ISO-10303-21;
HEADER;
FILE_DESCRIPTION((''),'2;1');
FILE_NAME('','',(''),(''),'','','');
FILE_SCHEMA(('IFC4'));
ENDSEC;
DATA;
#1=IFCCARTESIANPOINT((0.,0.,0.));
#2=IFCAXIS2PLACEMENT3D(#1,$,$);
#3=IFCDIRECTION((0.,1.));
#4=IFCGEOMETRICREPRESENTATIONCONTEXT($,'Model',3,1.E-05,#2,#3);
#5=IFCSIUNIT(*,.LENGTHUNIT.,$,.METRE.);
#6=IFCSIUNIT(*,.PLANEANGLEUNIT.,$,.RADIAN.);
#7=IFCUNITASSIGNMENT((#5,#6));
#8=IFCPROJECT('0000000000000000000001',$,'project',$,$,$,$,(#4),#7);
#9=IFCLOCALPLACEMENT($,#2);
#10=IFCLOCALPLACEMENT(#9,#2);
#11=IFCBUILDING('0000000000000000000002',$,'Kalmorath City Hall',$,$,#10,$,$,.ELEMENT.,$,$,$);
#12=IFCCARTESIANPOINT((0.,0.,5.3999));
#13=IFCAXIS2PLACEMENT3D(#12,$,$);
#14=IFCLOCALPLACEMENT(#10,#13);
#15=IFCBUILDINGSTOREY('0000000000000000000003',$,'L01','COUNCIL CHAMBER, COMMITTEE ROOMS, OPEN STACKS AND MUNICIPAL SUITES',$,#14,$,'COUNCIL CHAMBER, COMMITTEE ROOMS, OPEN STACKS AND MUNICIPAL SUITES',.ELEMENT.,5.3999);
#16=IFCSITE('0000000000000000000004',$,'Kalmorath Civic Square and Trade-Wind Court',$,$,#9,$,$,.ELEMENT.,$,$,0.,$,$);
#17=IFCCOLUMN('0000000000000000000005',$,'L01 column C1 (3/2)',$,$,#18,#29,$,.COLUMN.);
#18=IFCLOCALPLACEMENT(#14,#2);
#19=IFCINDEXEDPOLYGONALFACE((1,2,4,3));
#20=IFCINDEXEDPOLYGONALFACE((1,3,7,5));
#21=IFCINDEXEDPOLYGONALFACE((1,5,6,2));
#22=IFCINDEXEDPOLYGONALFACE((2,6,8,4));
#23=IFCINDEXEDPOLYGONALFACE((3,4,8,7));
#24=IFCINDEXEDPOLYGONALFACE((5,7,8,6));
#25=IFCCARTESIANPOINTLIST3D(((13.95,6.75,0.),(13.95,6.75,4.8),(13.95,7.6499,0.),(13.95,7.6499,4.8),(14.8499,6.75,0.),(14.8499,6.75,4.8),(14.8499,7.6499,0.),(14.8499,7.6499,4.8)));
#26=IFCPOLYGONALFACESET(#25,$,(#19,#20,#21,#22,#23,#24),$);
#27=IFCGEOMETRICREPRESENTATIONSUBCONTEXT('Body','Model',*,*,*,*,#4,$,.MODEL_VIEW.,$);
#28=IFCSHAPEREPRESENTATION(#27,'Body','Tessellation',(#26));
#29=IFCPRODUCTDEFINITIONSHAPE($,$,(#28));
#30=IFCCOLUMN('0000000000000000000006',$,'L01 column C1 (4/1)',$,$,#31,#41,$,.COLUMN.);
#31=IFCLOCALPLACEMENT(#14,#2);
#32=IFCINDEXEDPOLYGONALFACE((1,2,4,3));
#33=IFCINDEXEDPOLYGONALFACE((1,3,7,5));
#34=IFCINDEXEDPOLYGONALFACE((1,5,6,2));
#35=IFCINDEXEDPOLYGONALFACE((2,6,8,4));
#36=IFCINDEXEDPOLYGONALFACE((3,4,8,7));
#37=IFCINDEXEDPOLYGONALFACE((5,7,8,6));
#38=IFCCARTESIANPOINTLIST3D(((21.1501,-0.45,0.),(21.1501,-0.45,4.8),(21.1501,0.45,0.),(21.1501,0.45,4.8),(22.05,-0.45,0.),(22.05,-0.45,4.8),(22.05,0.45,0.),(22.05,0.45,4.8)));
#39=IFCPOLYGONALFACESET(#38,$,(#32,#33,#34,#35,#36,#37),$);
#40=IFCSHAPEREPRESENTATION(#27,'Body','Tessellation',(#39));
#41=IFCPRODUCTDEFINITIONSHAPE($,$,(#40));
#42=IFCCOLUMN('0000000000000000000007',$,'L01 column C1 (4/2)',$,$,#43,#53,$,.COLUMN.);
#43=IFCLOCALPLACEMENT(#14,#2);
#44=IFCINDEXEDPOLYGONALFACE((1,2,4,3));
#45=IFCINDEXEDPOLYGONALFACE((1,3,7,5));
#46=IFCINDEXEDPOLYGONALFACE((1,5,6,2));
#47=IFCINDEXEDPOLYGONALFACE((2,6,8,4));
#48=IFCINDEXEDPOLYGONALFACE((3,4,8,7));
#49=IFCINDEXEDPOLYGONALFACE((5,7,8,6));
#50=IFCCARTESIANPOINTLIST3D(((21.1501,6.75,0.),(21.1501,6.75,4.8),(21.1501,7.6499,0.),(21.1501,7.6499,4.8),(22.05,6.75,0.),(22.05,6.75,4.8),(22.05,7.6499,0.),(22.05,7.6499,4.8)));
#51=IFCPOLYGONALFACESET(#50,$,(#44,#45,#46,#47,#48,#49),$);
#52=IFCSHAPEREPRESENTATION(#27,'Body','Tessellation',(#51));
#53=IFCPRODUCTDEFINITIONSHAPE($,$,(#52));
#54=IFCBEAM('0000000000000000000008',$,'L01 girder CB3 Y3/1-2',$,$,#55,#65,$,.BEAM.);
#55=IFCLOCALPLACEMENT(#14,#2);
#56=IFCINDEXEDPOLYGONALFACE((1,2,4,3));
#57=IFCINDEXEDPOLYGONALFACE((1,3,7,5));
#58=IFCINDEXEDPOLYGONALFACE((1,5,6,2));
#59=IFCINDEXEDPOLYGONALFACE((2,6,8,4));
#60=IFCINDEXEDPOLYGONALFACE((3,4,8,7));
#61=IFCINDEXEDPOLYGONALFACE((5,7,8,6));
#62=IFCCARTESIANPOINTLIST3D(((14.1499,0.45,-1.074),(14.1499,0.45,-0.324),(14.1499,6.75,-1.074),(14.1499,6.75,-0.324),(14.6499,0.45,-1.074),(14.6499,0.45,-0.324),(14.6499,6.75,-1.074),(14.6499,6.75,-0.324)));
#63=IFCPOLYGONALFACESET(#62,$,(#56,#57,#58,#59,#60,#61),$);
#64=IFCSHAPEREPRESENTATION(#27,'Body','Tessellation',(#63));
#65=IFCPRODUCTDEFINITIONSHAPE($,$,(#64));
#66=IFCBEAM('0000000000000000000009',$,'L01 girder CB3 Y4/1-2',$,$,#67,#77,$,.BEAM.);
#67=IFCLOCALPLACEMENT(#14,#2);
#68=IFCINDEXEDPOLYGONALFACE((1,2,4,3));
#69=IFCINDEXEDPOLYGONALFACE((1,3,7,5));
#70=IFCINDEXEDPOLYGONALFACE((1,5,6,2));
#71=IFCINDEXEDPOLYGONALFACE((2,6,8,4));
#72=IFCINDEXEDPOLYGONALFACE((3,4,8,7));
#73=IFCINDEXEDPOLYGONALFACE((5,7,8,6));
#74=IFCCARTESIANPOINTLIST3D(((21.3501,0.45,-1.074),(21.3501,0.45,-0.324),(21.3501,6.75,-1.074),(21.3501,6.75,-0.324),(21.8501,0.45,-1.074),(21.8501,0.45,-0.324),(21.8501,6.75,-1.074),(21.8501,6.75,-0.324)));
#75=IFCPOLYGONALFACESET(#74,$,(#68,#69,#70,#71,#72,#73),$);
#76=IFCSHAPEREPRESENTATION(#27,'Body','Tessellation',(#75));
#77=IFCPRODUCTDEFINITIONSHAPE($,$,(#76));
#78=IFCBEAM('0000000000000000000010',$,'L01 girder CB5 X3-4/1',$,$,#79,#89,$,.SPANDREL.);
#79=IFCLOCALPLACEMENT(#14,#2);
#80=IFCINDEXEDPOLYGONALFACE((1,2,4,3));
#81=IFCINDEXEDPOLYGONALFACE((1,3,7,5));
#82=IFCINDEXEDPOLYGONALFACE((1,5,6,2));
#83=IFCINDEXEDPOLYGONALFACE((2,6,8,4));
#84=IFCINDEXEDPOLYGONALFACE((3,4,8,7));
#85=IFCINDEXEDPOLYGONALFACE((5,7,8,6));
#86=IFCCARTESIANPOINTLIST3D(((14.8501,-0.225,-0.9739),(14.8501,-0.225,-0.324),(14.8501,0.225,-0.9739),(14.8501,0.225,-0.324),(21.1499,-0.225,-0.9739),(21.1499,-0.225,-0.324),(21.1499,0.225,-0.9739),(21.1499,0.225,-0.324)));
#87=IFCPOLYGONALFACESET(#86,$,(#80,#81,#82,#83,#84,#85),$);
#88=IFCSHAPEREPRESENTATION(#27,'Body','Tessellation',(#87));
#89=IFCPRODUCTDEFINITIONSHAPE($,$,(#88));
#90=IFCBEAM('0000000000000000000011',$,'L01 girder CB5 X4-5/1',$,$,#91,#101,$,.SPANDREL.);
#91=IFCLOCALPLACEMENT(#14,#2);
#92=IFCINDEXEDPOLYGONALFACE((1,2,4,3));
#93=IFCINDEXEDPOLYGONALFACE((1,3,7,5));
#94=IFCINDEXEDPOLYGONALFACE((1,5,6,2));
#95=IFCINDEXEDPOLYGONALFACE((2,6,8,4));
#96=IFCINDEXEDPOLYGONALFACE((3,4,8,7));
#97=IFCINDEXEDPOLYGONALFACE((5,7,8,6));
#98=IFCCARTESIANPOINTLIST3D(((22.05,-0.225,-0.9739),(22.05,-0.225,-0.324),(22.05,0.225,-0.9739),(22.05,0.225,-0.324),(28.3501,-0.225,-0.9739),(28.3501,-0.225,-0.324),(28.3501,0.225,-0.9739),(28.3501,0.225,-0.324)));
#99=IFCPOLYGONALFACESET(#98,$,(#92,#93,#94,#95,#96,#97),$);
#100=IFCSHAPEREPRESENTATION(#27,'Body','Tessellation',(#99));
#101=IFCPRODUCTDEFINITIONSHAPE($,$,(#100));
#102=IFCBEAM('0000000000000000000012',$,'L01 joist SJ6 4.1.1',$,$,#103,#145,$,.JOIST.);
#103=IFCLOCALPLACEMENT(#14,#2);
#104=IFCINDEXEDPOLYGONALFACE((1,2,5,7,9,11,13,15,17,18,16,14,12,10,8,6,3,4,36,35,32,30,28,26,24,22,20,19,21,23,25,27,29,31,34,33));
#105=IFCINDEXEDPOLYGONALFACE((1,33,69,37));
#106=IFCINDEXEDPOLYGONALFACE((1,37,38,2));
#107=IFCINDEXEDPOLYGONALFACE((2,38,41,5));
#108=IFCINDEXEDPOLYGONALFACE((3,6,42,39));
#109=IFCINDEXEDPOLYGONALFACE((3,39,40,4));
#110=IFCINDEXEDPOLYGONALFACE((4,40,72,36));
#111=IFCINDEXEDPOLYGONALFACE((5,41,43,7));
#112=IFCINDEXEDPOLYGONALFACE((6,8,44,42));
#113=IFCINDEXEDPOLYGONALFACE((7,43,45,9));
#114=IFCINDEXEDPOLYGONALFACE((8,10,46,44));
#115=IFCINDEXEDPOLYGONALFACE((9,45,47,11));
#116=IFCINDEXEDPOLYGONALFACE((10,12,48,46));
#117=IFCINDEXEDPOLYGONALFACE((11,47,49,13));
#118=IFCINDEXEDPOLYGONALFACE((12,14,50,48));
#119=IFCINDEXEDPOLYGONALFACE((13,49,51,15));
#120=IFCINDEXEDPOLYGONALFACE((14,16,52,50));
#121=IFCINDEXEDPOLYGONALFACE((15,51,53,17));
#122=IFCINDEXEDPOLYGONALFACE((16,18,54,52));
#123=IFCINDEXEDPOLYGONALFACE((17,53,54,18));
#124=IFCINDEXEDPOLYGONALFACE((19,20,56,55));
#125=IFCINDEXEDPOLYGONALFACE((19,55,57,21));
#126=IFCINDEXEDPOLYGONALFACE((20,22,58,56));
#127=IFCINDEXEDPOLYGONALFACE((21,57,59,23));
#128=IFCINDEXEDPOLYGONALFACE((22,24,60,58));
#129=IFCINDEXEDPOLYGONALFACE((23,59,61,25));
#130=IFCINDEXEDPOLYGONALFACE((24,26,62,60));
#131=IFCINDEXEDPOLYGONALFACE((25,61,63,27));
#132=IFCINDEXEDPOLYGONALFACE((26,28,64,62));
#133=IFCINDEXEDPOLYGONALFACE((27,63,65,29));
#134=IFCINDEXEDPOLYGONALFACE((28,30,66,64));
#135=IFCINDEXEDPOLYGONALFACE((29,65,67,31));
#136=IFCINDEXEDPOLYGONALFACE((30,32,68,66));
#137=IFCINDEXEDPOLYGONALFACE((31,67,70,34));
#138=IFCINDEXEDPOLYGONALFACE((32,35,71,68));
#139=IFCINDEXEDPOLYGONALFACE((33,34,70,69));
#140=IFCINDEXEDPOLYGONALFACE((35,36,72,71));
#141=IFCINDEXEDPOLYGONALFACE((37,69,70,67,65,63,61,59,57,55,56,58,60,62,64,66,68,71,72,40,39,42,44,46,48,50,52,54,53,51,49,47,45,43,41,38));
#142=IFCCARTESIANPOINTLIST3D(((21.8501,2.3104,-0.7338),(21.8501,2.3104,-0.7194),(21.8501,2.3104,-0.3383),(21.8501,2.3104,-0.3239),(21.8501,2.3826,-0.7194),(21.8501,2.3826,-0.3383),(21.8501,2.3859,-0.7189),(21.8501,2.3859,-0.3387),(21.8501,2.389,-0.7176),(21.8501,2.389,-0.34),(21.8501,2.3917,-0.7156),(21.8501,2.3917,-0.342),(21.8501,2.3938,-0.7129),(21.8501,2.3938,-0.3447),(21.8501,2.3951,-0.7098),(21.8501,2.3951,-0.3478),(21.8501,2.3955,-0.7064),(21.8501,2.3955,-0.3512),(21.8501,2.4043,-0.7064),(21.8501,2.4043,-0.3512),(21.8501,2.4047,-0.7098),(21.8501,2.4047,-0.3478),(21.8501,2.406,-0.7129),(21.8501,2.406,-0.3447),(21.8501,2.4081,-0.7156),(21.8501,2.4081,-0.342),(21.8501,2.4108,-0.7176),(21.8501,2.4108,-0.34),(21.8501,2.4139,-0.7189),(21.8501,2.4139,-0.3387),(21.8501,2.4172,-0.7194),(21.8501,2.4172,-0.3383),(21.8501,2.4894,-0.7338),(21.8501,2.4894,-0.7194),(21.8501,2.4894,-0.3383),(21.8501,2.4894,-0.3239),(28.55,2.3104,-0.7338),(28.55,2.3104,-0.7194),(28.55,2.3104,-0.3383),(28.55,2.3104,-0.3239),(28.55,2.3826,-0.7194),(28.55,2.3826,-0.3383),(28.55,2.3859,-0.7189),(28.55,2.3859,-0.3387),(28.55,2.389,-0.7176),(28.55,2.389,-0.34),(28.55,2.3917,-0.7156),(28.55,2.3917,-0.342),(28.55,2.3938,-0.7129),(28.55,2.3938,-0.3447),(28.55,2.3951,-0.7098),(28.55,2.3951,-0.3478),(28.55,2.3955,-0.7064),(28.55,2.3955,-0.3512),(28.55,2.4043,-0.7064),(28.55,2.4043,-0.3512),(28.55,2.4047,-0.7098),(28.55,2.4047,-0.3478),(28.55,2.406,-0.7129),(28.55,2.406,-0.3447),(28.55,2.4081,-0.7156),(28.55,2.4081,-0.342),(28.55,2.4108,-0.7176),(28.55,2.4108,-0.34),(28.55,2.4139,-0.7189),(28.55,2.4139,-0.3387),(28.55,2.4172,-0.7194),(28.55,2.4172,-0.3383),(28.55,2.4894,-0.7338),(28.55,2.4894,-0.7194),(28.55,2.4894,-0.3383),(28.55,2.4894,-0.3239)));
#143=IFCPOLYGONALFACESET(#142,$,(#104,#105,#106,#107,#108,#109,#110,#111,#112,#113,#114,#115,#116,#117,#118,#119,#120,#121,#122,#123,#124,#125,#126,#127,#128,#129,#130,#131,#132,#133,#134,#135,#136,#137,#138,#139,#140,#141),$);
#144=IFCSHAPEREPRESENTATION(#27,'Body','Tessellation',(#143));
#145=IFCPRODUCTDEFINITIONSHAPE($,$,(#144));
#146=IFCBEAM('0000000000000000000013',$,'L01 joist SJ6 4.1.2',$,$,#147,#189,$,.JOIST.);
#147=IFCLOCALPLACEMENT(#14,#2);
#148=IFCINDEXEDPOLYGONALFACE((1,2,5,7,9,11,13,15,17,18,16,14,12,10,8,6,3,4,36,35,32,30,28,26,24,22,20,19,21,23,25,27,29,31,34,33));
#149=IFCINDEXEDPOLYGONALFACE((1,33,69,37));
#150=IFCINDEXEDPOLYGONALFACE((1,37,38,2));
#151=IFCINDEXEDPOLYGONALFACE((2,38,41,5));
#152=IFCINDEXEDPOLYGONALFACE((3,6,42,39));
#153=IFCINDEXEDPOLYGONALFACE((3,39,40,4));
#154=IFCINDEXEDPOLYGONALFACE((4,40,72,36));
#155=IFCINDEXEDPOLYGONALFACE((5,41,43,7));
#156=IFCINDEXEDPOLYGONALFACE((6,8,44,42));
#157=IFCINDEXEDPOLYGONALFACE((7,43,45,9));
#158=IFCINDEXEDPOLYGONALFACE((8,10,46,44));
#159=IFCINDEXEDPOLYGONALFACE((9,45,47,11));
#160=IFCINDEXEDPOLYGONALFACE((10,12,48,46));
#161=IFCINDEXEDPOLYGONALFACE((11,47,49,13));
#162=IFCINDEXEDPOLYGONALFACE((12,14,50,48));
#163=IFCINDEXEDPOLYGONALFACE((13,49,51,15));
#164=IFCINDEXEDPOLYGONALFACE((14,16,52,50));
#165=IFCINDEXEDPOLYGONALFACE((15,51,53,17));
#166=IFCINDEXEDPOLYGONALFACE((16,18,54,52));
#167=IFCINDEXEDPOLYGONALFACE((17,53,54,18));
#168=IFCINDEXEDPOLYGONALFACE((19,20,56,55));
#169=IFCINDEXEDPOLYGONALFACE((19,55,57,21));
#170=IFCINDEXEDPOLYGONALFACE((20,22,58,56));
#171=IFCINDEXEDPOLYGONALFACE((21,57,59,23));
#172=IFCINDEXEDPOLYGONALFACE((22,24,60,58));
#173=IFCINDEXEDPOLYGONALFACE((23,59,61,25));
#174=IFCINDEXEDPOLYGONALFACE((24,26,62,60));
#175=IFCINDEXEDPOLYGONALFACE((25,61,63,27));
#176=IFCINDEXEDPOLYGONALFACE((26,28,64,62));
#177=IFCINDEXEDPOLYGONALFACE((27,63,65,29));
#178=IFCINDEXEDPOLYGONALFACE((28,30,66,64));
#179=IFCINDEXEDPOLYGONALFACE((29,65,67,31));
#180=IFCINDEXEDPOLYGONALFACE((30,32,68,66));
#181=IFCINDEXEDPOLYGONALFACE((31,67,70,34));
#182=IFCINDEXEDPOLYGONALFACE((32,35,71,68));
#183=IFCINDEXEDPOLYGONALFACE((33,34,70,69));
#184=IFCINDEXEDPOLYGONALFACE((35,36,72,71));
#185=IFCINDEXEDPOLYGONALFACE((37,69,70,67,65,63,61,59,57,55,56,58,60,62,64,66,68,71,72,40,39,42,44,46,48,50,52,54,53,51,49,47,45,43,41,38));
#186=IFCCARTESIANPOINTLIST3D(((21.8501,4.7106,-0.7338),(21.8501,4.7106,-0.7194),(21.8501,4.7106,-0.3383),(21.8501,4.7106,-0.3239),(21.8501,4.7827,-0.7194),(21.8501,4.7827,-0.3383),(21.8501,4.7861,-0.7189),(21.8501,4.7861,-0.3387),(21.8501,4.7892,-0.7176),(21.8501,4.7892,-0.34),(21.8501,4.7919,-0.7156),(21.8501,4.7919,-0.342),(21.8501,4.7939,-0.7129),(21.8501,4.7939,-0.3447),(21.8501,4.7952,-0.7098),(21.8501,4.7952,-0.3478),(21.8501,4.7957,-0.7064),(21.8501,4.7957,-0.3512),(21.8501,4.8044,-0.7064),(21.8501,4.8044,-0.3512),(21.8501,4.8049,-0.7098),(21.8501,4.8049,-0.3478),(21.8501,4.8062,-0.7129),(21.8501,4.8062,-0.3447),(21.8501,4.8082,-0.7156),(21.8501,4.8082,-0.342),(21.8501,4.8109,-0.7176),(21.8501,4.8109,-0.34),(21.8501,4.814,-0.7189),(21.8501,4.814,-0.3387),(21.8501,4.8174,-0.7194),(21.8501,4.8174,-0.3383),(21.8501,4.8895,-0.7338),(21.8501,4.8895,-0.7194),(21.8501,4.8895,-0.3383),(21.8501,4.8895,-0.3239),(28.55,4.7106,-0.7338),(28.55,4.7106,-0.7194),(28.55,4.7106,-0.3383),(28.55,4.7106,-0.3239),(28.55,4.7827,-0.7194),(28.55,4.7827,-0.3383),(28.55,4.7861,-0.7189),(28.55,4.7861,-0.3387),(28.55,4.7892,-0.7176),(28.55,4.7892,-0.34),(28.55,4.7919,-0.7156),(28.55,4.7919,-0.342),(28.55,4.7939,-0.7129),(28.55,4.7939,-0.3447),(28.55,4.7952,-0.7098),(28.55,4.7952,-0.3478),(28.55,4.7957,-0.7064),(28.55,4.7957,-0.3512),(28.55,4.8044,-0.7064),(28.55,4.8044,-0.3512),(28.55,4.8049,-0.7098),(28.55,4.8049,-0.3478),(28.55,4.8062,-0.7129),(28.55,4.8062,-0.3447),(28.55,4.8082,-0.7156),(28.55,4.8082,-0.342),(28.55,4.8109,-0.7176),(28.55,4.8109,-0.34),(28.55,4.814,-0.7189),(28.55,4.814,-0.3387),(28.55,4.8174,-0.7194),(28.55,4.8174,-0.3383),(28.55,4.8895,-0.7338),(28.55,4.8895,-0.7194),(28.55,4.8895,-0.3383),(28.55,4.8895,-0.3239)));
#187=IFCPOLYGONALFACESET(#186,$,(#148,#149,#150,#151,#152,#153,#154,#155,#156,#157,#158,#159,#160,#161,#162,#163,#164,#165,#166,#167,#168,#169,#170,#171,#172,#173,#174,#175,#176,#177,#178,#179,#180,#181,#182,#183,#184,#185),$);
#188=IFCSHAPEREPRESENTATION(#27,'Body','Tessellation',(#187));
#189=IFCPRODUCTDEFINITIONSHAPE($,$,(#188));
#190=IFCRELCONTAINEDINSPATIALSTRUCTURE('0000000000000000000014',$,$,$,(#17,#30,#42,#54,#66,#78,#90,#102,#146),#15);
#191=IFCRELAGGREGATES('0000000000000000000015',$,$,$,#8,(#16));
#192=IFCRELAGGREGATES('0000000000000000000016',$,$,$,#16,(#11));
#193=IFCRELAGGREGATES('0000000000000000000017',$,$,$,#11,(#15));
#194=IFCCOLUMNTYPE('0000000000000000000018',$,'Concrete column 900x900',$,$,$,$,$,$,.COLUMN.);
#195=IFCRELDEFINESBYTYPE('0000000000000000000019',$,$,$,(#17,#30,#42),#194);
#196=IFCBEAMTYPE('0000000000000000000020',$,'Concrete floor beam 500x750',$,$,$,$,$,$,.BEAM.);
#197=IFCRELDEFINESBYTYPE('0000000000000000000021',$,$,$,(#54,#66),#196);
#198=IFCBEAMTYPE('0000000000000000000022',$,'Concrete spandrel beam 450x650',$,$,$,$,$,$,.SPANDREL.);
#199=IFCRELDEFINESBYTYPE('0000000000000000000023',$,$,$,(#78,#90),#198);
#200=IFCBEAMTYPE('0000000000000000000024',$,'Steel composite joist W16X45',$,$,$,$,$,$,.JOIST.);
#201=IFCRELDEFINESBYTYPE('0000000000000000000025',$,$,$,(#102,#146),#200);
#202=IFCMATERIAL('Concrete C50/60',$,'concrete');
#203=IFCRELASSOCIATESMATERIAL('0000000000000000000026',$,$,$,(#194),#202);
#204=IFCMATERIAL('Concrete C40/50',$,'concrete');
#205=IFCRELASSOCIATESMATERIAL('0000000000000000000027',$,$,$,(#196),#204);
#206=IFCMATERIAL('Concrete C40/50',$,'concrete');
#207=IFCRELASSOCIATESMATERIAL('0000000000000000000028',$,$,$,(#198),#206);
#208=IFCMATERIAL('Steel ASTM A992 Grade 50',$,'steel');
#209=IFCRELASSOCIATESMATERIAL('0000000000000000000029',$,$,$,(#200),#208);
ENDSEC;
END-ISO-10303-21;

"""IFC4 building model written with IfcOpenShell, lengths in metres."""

from ifc_helpers import new_model, si_unit, direction, frame, origin, origin_2d, place, context, subcontext, project, spatial, rectangle, i_section, extrude, material, material_profile, profile_set, type_object, element, save


model = new_model("IFC4")

# Units and contexts
model_context = context("Model", 3, precision=1e-05, world=origin(), true_north=direction((0.0, 1.0)))
body_context = subcontext(model_context, "Body", "Model", "MODEL_VIEW")
ifc_project = project(units=[si_unit("LENGTHUNIT", "METRE"), si_unit("PLANEANGLEUNIT", "RADIAN")], contexts=[model_context])

# Site, building, storey
site_placement = place(None, origin())
site = spatial("IfcSite", under=ifc_project, at=site_placement, Name="Kalmorath Civic Square and Trade-Wind Court", CompositionType="ELEMENT", RefElevation=0.0)
building_placement = place(site_placement, origin())
building = spatial("IfcBuilding", under=site, at=building_placement, Name="Kalmorath City Hall", CompositionType="ELEMENT")
storey_placement = place(building_placement, frame((0.0, 0.0, 5.3999)))
storey = spatial("IfcBuildingStorey", under=building, at=storey_placement, Name="L01", Description="COUNCIL CHAMBER, COMMITTEE ROOMS, OPEN STACKS AND MUNICIPAL SUITES", LongName="COUNCIL CHAMBER, COMMITTEE ROOMS, OPEN STACKS AND MUNICIPAL SUITES", CompositionType="ELEMENT", Elevation=5.3999)

# Columns
ifc_material_1 = material(Name="Concrete C50/60", Category="concrete")
ifc_material_profile_1 = material_profile(ifc_material_1, rectangle(XDim=0.8999, YDim=0.8999, at=origin_2d()), Name="RC-COL-900X900")
ifc_profile_set_1 = profile_set([ifc_material_profile_1], Name="Concrete C50/60")
column_type = type_object("IfcColumnType", Name="Concrete column 900x900", PredefinedType="COLUMN", material=ifc_profile_set_1)
for number, where, z_axis, x_axis, name in (
    (1, (14.3999, 7.2, 0.0), (0.0, 0.0, 1.0), (1.0, 0.0, 0.0), "L01 column C1 (3/2)"),
    (2, (21.6001, 0.0, 0.0), (0.0, 0.0, 1.0), (1.0, 0.0, 0.0), "L01 column C1 (4/1)"),
    (3, (21.6001, 7.2, 0.0), (0.0, 0.0, 1.0), (1.0, 0.0, 0.0), "L01 column C1 (4/2)"),
):
    element("IfcColumn", number, at=place(storey_placement, frame(where, z_axis=z_axis, x_axis=x_axis)), inside=storey, type_object=column_type, Name=name, PredefinedType="COLUMN", context=body_context, shape_type="SweptSolid", body=[
        extrude(rectangle(XDim=0.8999, YDim=0.8999, at=origin_2d()), origin(), (0.0, 0.0, 1.0), 4.8),
    ])

# Beams
ifc_material_2 = material(Name="Concrete C40/50", Category="concrete")
ifc_material_profile_2 = material_profile(ifc_material_2, rectangle(XDim=0.5, YDim=0.75, at=origin_2d()), Name="RC-BM-500X750")
ifc_profile_set_2 = profile_set([ifc_material_profile_2], Name="Concrete C40/50")
beam_type_1 = type_object("IfcBeamType", Name="Concrete floor beam 500x750", PredefinedType="BEAM", material=ifc_profile_set_2)
for number, where, z_axis, x_axis, name in (
    (4, (14.3999, 0.45, -0.699), (0.0, 1.0, 0.0), (-1.0, 0.0, 0.0), "L01 girder CB3 Y3/1-2"),
    (5, (21.6001, 0.45, -0.699), (0.0, 1.0, 0.0), (-1.0, 0.0, 0.0), "L01 girder CB3 Y4/1-2"),
):
    element("IfcBeam", number, at=place(storey_placement, frame(where, z_axis=z_axis, x_axis=x_axis)), inside=storey, type_object=beam_type_1, Name=name, PredefinedType="BEAM", context=body_context, shape_type="SweptSolid", body=[
        extrude(rectangle(XDim=0.5, YDim=0.75, at=origin_2d()), origin(), (0.0, 0.0, 1.0), 6.3),
    ])
ifc_material_3 = material(Name="Concrete C40/50", Category="concrete")
ifc_material_profile_3 = material_profile(ifc_material_3, rectangle(XDim=0.45, YDim=0.6499, at=origin_2d()), Name="RC-BM-450X650")
ifc_profile_set_3 = profile_set([ifc_material_profile_3], Name="Concrete C40/50")
beam_type_2 = type_object("IfcBeamType", Name="Concrete spandrel beam 450x650", PredefinedType="SPANDREL", material=ifc_profile_set_3)
beam_1_placement = place(storey_placement, frame((14.8501, 0.0, -0.6489), z_axis=(1.0, 0.0, 0.0), x_axis=(0.0, 1.0, 0.0)))
element("IfcBeam", 6, at=beam_1_placement, inside=storey, type_object=beam_type_2, Name="L01 girder CB5 X3-4/1", PredefinedType="SPANDREL", context=body_context, shape_type="SweptSolid", body=[
    extrude(rectangle(XDim=0.45, YDim=0.6499, at=origin_2d()), origin(), (0.0, 0.0, 1.0), 6.2998),
])
beam_2_placement = place(storey_placement, frame((22.05, 0.0, -0.6489), z_axis=(1.0, 0.0, 0.0), x_axis=(0.0, 1.0, 0.0)))
element("IfcBeam", 7, at=beam_2_placement, inside=storey, type_object=beam_type_2, Name="L01 girder CB5 X4-5/1", PredefinedType="SPANDREL", context=body_context, shape_type="SweptSolid", body=[
    extrude(rectangle(XDim=0.45, YDim=0.6499, at=origin_2d()), origin(), (0.0, 0.0, 1.0), 6.3),
])
ifc_material_4 = material(Name="Steel ASTM A992 Grade 50", Category="steel")
ifc_material_profile_4 = material_profile(ifc_material_4, i_section(OverallWidth=0.179, OverallDepth=0.4099, WebThickness=0.0088, FlangeThickness=0.0144, FilletRadius=0.0129, at=origin_2d()), Name="W16X45")
ifc_profile_set_4 = profile_set([ifc_material_profile_4], Name="Steel ASTM A992 Grade 50")
beam_type_3 = type_object("IfcBeamType", Name="Steel composite joist W16X45", PredefinedType="JOIST", material=ifc_profile_set_4)
for number, where, z_axis, x_axis, name in (
    (8, (21.8501, 2.3999, -0.5288), (1.0, 0.0, 0.0), (0.0, 1.0, 0.0), "L01 joist SJ6 4.1.1"),
    (9, (21.8501, 4.8, -0.5288), (1.0, 0.0, 0.0), (0.0, 1.0, 0.0), "L01 joist SJ6 4.1.2"),
):
    element("IfcBeam", number, at=place(storey_placement, frame(where, z_axis=z_axis, x_axis=x_axis)), inside=storey, type_object=beam_type_3, Name=name, PredefinedType="JOIST", context=body_context, shape_type="SweptSolid", body=[
        extrude(i_section(OverallWidth=0.179, OverallDepth=0.4099, WebThickness=0.0088, FlangeThickness=0.0144, FilletRadius=0.0129, at=origin_2d()), origin(), (0.0, 0.0, 1.0), 6.7),
    ])

save(model, "model.ifc")
